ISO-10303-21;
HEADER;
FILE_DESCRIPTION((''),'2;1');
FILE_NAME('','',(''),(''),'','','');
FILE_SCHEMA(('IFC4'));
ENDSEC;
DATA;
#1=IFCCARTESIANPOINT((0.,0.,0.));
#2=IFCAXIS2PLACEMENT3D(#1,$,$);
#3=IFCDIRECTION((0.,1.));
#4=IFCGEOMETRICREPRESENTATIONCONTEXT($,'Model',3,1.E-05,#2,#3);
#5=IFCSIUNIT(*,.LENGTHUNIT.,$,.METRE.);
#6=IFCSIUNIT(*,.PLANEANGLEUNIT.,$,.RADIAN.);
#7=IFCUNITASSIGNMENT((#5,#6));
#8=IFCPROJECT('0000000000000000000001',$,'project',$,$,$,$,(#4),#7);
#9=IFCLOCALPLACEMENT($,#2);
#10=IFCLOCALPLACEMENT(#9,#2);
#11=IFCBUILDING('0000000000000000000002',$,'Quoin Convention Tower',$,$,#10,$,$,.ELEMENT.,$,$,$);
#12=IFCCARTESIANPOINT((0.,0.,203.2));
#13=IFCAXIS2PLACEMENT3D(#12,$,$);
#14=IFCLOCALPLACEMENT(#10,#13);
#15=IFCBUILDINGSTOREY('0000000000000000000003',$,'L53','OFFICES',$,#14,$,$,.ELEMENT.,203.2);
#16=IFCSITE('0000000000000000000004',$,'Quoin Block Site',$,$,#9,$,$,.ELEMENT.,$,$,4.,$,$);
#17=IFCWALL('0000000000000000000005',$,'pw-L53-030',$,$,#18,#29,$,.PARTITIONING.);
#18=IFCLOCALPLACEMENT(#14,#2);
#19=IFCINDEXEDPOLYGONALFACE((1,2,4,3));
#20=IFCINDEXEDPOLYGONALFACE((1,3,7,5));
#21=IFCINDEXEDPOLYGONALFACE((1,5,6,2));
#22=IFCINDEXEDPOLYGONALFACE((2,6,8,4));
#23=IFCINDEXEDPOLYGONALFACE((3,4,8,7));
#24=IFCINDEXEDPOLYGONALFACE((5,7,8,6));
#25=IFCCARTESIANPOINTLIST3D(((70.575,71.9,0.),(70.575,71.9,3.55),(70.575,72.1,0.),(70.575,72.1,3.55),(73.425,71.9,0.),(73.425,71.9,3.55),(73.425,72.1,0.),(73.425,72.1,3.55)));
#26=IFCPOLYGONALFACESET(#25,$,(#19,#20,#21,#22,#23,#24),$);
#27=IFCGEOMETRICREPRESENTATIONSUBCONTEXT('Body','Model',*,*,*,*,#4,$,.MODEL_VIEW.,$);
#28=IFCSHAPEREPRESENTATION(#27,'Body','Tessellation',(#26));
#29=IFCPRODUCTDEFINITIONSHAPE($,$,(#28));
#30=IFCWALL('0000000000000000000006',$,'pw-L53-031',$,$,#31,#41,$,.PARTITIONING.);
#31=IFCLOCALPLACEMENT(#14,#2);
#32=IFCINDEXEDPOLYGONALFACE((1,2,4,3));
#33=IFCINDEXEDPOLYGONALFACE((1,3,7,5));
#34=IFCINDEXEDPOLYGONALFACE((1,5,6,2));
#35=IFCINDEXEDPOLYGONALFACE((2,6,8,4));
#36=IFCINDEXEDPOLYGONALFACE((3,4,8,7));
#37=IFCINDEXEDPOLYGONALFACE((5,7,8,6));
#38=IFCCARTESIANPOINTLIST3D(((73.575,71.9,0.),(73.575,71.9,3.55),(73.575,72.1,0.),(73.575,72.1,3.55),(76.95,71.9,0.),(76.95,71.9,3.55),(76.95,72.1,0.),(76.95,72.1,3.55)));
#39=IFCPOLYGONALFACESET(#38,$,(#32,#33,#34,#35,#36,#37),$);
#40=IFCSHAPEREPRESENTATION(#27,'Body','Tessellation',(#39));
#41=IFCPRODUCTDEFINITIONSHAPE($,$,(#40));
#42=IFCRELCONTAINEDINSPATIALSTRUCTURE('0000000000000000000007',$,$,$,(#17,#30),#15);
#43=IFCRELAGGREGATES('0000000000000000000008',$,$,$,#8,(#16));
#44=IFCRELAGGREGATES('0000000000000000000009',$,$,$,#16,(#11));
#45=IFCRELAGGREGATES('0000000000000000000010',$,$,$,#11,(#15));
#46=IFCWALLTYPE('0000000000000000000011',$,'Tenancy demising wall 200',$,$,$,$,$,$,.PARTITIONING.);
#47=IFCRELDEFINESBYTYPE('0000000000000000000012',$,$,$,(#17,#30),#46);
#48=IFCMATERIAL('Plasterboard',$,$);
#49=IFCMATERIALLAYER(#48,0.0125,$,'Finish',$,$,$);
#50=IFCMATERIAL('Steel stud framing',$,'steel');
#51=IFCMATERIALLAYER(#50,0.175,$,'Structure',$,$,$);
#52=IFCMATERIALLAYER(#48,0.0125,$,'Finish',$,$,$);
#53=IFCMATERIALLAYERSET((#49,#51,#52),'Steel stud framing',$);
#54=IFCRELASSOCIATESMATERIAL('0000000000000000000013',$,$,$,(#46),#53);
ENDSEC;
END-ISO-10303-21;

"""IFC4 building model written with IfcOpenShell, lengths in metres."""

from ifc_helpers import new_model, si_unit, direction, frame, frame_2d, origin, place, context, subcontext, project, spatial, rectangle, extrude, material, layer, layer_set, type_object, element, save


model = new_model("IFC4")

# Units and contexts
model_context = context("Model", 3, precision=1e-05, world=origin(), true_north=direction((0.0, 1.0)))
body_context = subcontext(model_context, "Body", "Model", "MODEL_VIEW")
ifc_project = project(units=[si_unit("LENGTHUNIT", "METRE"), si_unit("PLANEANGLEUNIT", "RADIAN")], contexts=[model_context])

# Site, building, storey
site_placement = place(None, origin())
site = spatial("IfcSite", under=ifc_project, at=site_placement, Name="Quoin Block Site", CompositionType="ELEMENT", RefElevation=4.0)
building_placement = place(site_placement, origin())
building = spatial("IfcBuilding", under=site, at=building_placement, Name="Quoin Convention Tower", CompositionType="ELEMENT")
storey_placement = place(building_placement, frame((0.0, 0.0, 203.2)))
storey = spatial("IfcBuildingStorey", under=building, at=storey_placement, Name="L53", Description="OFFICES", CompositionType="ELEMENT", Elevation=203.2)

# Shared definitions
ifc_material_1 = material(Name="Plasterboard")
ifc_material_2 = material(Name="Steel stud framing", Category="steel")

# Walls
ifc_layer_1 = layer(ifc_material_1, 0.0125, Name="Finish")
ifc_layer_2 = layer(ifc_material_2, 0.175, Name="Structure")
ifc_layer_3 = layer(ifc_material_1, 0.0125, Name="Finish")
ifc_layer_set_1 = layer_set([ifc_layer_1, ifc_layer_2, ifc_layer_3], Name="Steel stud framing")
wall_type_1 = type_object("IfcWallType", Name="Tenancy demising wall 200", PredefinedType="PARTITIONING", material=ifc_layer_set_1)
wall_1_placement = place(storey_placement, frame((70.575, 72.0, 0.0), z_axis=(0.0, 0.0, 1.0), x_axis=(1.0, 0.0, 0.0)))
element("IfcWall", 1, at=wall_1_placement, inside=storey, type_object=wall_type_1, Name="pw-L53-030", PredefinedType="PARTITIONING", context=body_context, shape_type="SweptSolid", body=[
    extrude(rectangle(XDim=2.8501, YDim=0.2, at=frame_2d((1.425, 0.0))), origin(), (0.0, 0.0, 1.0), 3.55),
])
wall_2_placement = place(storey_placement, frame((73.575, 72.0, 0.0), z_axis=(0.0, 0.0, 1.0), x_axis=(1.0, 0.0, 0.0)))
element("IfcWall", 2, at=wall_2_placement, inside=storey, type_object=wall_type_1, Name="pw-L53-031", PredefinedType="PARTITIONING", context=body_context, shape_type="SweptSolid", body=[
    extrude(rectangle(XDim=3.375, YDim=0.2, at=frame_2d((1.6875, 0.0))), origin(), (0.0, 0.0, 1.0), 3.55),
])

save(model, "model.ifc")
